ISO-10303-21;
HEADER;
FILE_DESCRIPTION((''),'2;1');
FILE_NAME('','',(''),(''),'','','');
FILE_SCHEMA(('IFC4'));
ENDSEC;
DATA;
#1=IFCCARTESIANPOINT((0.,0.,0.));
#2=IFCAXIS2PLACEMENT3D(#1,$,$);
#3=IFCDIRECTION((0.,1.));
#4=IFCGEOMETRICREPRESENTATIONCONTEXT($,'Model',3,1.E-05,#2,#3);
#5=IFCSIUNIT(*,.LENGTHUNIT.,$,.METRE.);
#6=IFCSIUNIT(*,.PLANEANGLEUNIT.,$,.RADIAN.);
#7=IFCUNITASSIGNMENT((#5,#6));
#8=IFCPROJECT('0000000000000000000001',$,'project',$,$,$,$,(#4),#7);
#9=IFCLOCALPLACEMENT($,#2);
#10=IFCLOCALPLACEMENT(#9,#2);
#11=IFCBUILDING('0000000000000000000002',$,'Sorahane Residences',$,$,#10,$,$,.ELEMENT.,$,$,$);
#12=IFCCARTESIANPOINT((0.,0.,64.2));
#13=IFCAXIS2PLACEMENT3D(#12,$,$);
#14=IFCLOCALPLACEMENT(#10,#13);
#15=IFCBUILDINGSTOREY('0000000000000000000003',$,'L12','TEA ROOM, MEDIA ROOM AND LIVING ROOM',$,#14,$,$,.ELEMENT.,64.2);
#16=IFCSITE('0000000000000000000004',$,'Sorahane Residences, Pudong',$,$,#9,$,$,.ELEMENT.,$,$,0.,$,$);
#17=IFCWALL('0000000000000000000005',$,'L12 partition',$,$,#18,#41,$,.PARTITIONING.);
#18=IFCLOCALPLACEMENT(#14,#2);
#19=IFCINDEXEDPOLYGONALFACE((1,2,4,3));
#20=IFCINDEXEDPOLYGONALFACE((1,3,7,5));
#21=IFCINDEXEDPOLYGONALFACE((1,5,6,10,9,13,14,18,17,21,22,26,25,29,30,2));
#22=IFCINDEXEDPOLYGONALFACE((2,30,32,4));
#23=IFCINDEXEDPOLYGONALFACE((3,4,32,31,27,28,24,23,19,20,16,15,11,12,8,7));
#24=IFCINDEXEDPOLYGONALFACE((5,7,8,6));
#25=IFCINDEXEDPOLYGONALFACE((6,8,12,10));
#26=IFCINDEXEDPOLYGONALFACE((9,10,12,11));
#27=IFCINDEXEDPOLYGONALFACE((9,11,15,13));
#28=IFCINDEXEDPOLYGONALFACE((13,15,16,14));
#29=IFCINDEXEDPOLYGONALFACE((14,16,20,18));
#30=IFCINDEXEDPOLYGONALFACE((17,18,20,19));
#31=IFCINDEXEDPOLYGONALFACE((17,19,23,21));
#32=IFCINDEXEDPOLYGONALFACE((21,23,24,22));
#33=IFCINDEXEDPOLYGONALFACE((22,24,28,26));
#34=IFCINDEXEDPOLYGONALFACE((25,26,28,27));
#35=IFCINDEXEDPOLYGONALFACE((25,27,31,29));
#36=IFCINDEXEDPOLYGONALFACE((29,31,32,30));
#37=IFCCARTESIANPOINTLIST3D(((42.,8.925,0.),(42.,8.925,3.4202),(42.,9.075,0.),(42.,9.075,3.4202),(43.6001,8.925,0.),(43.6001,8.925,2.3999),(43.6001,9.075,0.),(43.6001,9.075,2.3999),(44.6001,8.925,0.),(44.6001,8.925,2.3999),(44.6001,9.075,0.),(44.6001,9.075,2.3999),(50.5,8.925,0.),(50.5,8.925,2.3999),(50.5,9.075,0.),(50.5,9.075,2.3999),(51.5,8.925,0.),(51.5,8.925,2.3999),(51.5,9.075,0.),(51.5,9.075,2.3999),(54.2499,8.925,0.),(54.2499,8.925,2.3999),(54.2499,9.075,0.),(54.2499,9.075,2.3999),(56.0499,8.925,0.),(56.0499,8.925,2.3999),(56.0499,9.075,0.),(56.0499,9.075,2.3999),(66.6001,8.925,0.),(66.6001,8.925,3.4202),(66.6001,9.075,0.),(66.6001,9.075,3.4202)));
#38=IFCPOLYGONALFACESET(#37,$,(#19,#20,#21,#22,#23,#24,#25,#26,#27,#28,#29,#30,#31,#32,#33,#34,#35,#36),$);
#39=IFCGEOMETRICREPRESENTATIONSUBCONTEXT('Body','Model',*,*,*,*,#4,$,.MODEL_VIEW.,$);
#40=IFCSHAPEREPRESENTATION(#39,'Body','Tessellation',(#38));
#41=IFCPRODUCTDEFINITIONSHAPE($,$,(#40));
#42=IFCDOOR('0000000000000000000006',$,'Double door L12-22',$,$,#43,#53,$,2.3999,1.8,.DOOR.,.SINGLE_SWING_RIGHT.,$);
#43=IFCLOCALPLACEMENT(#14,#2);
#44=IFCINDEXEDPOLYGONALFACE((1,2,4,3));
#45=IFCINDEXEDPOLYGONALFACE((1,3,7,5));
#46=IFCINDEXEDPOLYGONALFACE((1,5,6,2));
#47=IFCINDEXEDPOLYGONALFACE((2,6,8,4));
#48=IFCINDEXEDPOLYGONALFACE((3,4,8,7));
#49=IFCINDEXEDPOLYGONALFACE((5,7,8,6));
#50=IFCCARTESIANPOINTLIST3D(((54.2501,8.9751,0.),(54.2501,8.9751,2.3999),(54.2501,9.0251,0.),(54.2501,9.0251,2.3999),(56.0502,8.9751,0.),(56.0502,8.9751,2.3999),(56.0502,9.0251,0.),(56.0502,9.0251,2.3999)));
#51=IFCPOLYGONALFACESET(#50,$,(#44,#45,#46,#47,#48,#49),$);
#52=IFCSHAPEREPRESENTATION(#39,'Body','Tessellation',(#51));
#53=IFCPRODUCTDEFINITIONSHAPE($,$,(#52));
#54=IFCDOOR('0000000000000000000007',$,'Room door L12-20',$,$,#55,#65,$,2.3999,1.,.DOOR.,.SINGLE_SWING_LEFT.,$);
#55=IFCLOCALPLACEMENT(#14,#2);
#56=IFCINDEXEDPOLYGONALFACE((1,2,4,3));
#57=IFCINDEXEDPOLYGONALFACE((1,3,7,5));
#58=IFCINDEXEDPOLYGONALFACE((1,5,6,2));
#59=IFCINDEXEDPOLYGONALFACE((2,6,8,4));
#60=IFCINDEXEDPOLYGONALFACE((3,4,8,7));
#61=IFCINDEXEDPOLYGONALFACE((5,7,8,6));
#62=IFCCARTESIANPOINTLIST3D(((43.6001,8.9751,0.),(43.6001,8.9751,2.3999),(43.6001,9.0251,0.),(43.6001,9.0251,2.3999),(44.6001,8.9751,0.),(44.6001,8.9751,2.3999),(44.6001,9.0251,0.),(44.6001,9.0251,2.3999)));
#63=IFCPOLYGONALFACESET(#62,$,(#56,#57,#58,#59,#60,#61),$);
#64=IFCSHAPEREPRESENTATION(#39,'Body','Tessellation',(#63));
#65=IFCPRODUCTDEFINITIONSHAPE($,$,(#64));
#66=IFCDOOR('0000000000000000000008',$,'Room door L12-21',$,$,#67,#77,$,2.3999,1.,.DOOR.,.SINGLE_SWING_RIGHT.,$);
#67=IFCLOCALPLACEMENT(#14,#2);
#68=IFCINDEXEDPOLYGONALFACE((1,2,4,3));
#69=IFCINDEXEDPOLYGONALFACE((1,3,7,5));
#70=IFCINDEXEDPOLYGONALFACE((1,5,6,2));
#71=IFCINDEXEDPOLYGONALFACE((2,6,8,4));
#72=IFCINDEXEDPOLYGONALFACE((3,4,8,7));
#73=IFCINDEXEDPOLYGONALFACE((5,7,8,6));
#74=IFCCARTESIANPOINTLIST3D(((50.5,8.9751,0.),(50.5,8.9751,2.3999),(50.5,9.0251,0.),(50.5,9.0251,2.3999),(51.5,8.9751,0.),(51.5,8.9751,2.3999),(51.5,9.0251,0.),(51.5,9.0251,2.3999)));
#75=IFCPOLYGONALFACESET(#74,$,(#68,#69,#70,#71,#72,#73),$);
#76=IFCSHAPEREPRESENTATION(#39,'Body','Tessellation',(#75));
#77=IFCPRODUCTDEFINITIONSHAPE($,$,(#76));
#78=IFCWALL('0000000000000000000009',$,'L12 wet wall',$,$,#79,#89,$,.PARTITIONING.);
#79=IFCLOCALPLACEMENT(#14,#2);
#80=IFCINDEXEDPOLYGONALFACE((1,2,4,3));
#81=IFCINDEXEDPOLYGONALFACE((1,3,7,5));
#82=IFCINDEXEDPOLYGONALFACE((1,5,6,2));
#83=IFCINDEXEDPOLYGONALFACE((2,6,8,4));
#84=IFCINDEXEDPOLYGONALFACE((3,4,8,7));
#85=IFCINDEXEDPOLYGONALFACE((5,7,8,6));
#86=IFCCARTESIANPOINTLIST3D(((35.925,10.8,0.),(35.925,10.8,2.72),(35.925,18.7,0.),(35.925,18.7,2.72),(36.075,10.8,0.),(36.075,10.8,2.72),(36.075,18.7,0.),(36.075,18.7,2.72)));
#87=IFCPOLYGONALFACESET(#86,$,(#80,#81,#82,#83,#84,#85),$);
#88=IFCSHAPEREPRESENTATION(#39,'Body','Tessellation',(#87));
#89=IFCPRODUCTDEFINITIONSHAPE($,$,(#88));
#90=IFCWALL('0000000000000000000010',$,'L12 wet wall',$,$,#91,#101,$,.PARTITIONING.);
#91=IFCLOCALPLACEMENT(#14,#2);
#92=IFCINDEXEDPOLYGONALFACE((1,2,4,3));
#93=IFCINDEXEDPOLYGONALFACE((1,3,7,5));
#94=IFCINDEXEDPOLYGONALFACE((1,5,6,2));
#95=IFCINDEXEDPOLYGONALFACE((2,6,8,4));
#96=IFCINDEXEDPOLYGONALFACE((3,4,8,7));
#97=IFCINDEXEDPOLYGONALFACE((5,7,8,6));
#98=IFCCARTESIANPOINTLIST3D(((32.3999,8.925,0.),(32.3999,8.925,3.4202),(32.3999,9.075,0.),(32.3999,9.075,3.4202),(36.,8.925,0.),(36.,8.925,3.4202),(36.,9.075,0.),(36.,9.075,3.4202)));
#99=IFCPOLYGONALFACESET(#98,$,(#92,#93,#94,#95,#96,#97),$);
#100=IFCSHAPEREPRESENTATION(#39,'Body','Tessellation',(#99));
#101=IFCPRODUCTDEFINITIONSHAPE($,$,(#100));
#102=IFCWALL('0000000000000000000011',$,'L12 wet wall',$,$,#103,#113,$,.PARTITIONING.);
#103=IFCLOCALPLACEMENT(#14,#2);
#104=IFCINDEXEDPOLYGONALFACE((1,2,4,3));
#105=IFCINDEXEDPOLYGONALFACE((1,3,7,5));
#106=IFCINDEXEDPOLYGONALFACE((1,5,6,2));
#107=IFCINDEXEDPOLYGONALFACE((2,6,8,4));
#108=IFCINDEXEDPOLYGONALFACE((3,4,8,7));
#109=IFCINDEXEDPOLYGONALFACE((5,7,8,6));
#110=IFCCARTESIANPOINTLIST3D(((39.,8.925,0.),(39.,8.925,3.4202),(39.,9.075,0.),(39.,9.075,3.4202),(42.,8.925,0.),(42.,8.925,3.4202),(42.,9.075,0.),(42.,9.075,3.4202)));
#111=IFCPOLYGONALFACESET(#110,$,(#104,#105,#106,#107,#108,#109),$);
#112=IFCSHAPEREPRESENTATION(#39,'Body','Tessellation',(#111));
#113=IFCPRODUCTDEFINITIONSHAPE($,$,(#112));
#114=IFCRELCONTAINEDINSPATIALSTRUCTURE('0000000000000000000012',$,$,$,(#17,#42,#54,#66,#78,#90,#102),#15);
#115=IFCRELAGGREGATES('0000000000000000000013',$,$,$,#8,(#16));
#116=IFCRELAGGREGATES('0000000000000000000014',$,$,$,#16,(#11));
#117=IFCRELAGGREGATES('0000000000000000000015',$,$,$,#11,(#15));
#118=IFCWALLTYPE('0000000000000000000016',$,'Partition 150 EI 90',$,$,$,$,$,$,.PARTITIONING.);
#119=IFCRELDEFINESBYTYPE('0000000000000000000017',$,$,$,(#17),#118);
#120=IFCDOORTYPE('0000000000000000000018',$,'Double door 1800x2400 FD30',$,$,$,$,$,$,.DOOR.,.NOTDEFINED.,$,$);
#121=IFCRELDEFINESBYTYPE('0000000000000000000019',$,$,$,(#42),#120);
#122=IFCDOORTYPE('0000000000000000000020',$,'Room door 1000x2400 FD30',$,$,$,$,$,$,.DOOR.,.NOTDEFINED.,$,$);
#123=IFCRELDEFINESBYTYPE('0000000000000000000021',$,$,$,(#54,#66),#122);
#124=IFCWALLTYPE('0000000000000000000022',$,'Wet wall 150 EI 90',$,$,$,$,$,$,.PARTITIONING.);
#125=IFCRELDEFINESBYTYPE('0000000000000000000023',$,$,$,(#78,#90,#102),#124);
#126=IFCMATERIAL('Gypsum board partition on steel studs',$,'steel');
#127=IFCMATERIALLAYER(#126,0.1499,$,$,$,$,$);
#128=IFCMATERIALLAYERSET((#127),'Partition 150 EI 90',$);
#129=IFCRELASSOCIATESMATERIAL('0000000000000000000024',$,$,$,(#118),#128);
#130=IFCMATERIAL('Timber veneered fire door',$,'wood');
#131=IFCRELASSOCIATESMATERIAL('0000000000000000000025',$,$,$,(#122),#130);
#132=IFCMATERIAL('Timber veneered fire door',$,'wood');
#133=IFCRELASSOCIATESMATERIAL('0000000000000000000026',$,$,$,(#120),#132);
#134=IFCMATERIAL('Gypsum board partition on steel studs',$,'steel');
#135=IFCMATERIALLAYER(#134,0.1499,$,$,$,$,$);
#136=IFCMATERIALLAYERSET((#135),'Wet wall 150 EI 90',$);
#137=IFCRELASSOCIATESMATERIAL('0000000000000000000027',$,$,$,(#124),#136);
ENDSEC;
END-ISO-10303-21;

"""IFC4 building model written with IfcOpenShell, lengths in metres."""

from ifc_helpers import new_model, si_unit, direction, frame, frame_2d, origin, place, context, subcontext, project, spatial, rectangle, extrude, material, layer, layer_set, type_object, element, fill, save


model = new_model("IFC4")

# Units and contexts
model_context = context("Model", 3, precision=1e-05, world=origin(), true_north=direction((0.0, 1.0)))
body_context = subcontext(model_context, "Body", "Model", "MODEL_VIEW")
ifc_project = project(units=[si_unit("LENGTHUNIT", "METRE"), si_unit("PLANEANGLEUNIT", "RADIAN")], contexts=[model_context])

# Site, building, storey
site_placement = place(None, origin())
site = spatial("IfcSite", under=ifc_project, at=site_placement, Name="Sorahane Residences, Pudong", CompositionType="ELEMENT", RefElevation=0.0)
building_placement = place(site_placement, origin())
building = spatial("IfcBuilding", under=site, at=building_placement, Name="Sorahane Residences", CompositionType="ELEMENT")
storey_placement = place(building_placement, frame((0.0, 0.0, 64.2)))
storey = spatial("IfcBuildingStorey", under=building, at=storey_placement, Name="L12", Description="TEA ROOM, MEDIA ROOM AND LIVING ROOM", CompositionType="ELEMENT", Elevation=64.2)

# Shared definitions
ifc_material_1 = material(Name="Gypsum board partition on steel studs", Category="steel")
ifc_layer_1 = layer(ifc_material_1, 0.1499)
ifc_layer_set_1 = layer_set([ifc_layer_1], Name="Partition 150 EI 90")
wall_type_1 = type_object("IfcWallType", Name="Partition 150 EI 90", PredefinedType="PARTITIONING", material=ifc_layer_set_1)
ifc_material_2 = material(Name="Timber veneered fire door", Category="wood")
door_type_1 = type_object("IfcDoorType", Name="Room door 1000x2400 FD30", OperationType="NOTDEFINED", PredefinedType="DOOR", material=ifc_material_2)

# Wall, openings, doors
wall_1_placement = place(storey_placement, frame((42.0, 9.0, 0.0), z_axis=(0.0, 0.0, 1.0), x_axis=(1.0, 0.0, 0.0)))
wall_1 = element("IfcWall", 1, at=wall_1_placement, inside=storey, type_object=wall_type_1, Name="L12 partition", PredefinedType="PARTITIONING", context=body_context, shape_type="SweptSolid", body=[
    extrude(rectangle(XDim=24.6001, YDim=0.1499, at=frame_2d((12.3, 0.0))), origin(), (0.0, 0.0, 1.0), 3.4202),
])
opening_1_placement = place(wall_1_placement, frame((1.6001, 0.0, 0.0)))
opening_1 = element("IfcOpeningElement", 2, at=opening_1_placement, cuts=wall_1, PredefinedType="OPENING", context=body_context, shape_type="SweptSolid", body=[
    extrude(rectangle(XDim=1.0, YDim=2.3999, at=frame_2d((0.5, 1.2))), frame((0.0, 0.085, 0.0), z_axis=(0.0, -1.0, 0.0), x_axis=(1.0, 0.0, 0.0)), (0.0, 0.0, 1.0), 0.1699),
])
opening_2_placement = place(wall_1_placement, frame((8.5, 0.0, 0.0)))
opening_2 = element("IfcOpeningElement", 3, at=opening_2_placement, cuts=wall_1, PredefinedType="OPENING", context=body_context, shape_type="SweptSolid", body=[
    extrude(rectangle(XDim=1.0, YDim=2.3999, at=frame_2d((0.5, 1.2))), frame((0.0, 0.085, 0.0), z_axis=(0.0, -1.0, 0.0), x_axis=(1.0, 0.0, 0.0)), (0.0, 0.0, 1.0), 0.1699),
])
opening_3_placement = place(wall_1_placement, frame((12.25, 0.0, 0.0)))
opening_3 = element("IfcOpeningElement", 4, at=opening_3_placement, cuts=wall_1, PredefinedType="OPENING", context=body_context, shape_type="SweptSolid", body=[
    extrude(rectangle(XDim=1.8, YDim=2.3999, at=frame_2d((0.8999, 1.2))), frame((0.0, 0.085, 0.0), z_axis=(0.0, -1.0, 0.0), x_axis=(1.0, 0.0, 0.0)), (0.0, 0.0, 1.0), 0.1699),
])
ifc_material_3 = material(Name="Timber veneered fire door", Category="wood")
door_type_2 = type_object("IfcDoorType", Name="Double door 1800x2400 FD30", OperationType="NOTDEFINED", PredefinedType="DOOR", material=ifc_material_3)
door_1_placement = place(opening_3_placement, frame((1.8, 0.0, 0.0), z_axis=(0.0, 0.0, 1.0), x_axis=(-1.0, 0.0, 0.0)))
door_1 = element("IfcDoor", 5, at=door_1_placement, inside=storey, type_object=door_type_2, Name="Double door L12-22", OperationType="SINGLE_SWING_RIGHT", OverallHeight=2.3999, OverallWidth=1.8, PredefinedType="DOOR", context=body_context, shape_type="SweptSolid", body=[
    extrude(rectangle(XDim=1.8, YDim=2.3999, at=frame_2d((0.8999, 1.2))), frame((0.0, 0.0249, 0.0), z_axis=(0.0, -1.0, 0.0), x_axis=(1.0, 0.0, 0.0)), (0.0, 0.0, 1.0), 0.05),
])
fill(opening_3, door_1)
door_2_placement = place(opening_1_placement, frame((1.0, 0.0, 0.0), z_axis=(0.0, 0.0, 1.0), x_axis=(-1.0, 0.0, 0.0)))
door_2 = element("IfcDoor", 6, at=door_2_placement, inside=storey, type_object=door_type_1, Name="Room door L12-20", OperationType="SINGLE_SWING_LEFT", OverallHeight=2.3999, OverallWidth=1.0, PredefinedType="DOOR", context=body_context, shape_type="SweptSolid", body=[
    extrude(rectangle(XDim=1.0, YDim=2.3999, at=frame_2d((0.5, 1.2))), frame((0.0, 0.0249, 0.0), z_axis=(0.0, -1.0, 0.0), x_axis=(1.0, 0.0, 0.0)), (0.0, 0.0, 1.0), 0.05),
])
fill(opening_1, door_2)
door_3_placement = place(opening_2_placement, frame((1.0, 0.0, 0.0), z_axis=(0.0, 0.0, 1.0), x_axis=(-1.0, 0.0, 0.0)))
door_3 = element("IfcDoor", 7, at=door_3_placement, inside=storey, type_object=door_type_1, Name="Room door L12-21", OperationType="SINGLE_SWING_RIGHT", OverallHeight=2.3999, OverallWidth=1.0, PredefinedType="DOOR", context=body_context, shape_type="SweptSolid", body=[
    extrude(rectangle(XDim=1.0, YDim=2.3999, at=frame_2d((0.5, 1.2))), frame((0.0, 0.0249, 0.0), z_axis=(0.0, -1.0, 0.0), x_axis=(1.0, 0.0, 0.0)), (0.0, 0.0, 1.0), 0.05),
])
fill(opening_2, door_3)

# Wall
ifc_material_4 = material(Name="Gypsum board partition on steel studs", Category="steel")
ifc_layer_2 = layer(ifc_material_4, 0.1499)
ifc_layer_set_2 = layer_set([ifc_layer_2], Name="Wet wall 150 EI 90")
wall_type_2 = type_object("IfcWallType", Name="Wet wall 150 EI 90", PredefinedType="PARTITIONING", material=ifc_layer_set_2)
wall_2_placement = place(storey_placement, frame((36.0, 10.8, 0.0), z_axis=(0.0, 0.0, 1.0), x_axis=(0.0, 1.0, 0.0)))
element("IfcWall", 8, at=wall_2_placement, inside=storey, type_object=wall_type_2, Name="L12 wet wall", PredefinedType="PARTITIONING", context=body_context, shape_type="SweptSolid", body=[
    extrude(rectangle(XDim=7.8999, YDim=0.1499, at=frame_2d((3.95, 0.0))), origin(), (0.0, 0.0, 1.0), 2.72),
])

# Walls
wall_3_placement = place(storey_placement, frame((32.3999, 9.0, 0.0), z_axis=(0.0, 0.0, 1.0), x_axis=(1.0, 0.0, 0.0)))
element("IfcWall", 9, at=wall_3_placement, inside=storey, type_object=wall_type_2, Name="L12 wet wall", PredefinedType="PARTITIONING", context=body_context, shape_type="SweptSolid", body=[
    extrude(rectangle(XDim=3.6001, YDim=0.1499, at=frame_2d((1.8, 0.0))), origin(), (0.0, 0.0, 1.0), 3.4202),
])
wall_4_placement = place(storey_placement, frame((39.0, 9.0, 0.0), z_axis=(0.0, 0.0, 1.0), x_axis=(1.0, 0.0, 0.0)))
element("IfcWall", 10, at=wall_4_placement, inside=storey, type_object=wall_type_2, Name="L12 wet wall", PredefinedType="PARTITIONING", context=body_context, shape_type="SweptSolid", body=[
    extrude(rectangle(XDim=3.0, YDim=0.1499, at=frame_2d((1.5, 0.0))), origin(), (0.0, 0.0, 1.0), 3.4202),
])

save(model, "model.ifc")
